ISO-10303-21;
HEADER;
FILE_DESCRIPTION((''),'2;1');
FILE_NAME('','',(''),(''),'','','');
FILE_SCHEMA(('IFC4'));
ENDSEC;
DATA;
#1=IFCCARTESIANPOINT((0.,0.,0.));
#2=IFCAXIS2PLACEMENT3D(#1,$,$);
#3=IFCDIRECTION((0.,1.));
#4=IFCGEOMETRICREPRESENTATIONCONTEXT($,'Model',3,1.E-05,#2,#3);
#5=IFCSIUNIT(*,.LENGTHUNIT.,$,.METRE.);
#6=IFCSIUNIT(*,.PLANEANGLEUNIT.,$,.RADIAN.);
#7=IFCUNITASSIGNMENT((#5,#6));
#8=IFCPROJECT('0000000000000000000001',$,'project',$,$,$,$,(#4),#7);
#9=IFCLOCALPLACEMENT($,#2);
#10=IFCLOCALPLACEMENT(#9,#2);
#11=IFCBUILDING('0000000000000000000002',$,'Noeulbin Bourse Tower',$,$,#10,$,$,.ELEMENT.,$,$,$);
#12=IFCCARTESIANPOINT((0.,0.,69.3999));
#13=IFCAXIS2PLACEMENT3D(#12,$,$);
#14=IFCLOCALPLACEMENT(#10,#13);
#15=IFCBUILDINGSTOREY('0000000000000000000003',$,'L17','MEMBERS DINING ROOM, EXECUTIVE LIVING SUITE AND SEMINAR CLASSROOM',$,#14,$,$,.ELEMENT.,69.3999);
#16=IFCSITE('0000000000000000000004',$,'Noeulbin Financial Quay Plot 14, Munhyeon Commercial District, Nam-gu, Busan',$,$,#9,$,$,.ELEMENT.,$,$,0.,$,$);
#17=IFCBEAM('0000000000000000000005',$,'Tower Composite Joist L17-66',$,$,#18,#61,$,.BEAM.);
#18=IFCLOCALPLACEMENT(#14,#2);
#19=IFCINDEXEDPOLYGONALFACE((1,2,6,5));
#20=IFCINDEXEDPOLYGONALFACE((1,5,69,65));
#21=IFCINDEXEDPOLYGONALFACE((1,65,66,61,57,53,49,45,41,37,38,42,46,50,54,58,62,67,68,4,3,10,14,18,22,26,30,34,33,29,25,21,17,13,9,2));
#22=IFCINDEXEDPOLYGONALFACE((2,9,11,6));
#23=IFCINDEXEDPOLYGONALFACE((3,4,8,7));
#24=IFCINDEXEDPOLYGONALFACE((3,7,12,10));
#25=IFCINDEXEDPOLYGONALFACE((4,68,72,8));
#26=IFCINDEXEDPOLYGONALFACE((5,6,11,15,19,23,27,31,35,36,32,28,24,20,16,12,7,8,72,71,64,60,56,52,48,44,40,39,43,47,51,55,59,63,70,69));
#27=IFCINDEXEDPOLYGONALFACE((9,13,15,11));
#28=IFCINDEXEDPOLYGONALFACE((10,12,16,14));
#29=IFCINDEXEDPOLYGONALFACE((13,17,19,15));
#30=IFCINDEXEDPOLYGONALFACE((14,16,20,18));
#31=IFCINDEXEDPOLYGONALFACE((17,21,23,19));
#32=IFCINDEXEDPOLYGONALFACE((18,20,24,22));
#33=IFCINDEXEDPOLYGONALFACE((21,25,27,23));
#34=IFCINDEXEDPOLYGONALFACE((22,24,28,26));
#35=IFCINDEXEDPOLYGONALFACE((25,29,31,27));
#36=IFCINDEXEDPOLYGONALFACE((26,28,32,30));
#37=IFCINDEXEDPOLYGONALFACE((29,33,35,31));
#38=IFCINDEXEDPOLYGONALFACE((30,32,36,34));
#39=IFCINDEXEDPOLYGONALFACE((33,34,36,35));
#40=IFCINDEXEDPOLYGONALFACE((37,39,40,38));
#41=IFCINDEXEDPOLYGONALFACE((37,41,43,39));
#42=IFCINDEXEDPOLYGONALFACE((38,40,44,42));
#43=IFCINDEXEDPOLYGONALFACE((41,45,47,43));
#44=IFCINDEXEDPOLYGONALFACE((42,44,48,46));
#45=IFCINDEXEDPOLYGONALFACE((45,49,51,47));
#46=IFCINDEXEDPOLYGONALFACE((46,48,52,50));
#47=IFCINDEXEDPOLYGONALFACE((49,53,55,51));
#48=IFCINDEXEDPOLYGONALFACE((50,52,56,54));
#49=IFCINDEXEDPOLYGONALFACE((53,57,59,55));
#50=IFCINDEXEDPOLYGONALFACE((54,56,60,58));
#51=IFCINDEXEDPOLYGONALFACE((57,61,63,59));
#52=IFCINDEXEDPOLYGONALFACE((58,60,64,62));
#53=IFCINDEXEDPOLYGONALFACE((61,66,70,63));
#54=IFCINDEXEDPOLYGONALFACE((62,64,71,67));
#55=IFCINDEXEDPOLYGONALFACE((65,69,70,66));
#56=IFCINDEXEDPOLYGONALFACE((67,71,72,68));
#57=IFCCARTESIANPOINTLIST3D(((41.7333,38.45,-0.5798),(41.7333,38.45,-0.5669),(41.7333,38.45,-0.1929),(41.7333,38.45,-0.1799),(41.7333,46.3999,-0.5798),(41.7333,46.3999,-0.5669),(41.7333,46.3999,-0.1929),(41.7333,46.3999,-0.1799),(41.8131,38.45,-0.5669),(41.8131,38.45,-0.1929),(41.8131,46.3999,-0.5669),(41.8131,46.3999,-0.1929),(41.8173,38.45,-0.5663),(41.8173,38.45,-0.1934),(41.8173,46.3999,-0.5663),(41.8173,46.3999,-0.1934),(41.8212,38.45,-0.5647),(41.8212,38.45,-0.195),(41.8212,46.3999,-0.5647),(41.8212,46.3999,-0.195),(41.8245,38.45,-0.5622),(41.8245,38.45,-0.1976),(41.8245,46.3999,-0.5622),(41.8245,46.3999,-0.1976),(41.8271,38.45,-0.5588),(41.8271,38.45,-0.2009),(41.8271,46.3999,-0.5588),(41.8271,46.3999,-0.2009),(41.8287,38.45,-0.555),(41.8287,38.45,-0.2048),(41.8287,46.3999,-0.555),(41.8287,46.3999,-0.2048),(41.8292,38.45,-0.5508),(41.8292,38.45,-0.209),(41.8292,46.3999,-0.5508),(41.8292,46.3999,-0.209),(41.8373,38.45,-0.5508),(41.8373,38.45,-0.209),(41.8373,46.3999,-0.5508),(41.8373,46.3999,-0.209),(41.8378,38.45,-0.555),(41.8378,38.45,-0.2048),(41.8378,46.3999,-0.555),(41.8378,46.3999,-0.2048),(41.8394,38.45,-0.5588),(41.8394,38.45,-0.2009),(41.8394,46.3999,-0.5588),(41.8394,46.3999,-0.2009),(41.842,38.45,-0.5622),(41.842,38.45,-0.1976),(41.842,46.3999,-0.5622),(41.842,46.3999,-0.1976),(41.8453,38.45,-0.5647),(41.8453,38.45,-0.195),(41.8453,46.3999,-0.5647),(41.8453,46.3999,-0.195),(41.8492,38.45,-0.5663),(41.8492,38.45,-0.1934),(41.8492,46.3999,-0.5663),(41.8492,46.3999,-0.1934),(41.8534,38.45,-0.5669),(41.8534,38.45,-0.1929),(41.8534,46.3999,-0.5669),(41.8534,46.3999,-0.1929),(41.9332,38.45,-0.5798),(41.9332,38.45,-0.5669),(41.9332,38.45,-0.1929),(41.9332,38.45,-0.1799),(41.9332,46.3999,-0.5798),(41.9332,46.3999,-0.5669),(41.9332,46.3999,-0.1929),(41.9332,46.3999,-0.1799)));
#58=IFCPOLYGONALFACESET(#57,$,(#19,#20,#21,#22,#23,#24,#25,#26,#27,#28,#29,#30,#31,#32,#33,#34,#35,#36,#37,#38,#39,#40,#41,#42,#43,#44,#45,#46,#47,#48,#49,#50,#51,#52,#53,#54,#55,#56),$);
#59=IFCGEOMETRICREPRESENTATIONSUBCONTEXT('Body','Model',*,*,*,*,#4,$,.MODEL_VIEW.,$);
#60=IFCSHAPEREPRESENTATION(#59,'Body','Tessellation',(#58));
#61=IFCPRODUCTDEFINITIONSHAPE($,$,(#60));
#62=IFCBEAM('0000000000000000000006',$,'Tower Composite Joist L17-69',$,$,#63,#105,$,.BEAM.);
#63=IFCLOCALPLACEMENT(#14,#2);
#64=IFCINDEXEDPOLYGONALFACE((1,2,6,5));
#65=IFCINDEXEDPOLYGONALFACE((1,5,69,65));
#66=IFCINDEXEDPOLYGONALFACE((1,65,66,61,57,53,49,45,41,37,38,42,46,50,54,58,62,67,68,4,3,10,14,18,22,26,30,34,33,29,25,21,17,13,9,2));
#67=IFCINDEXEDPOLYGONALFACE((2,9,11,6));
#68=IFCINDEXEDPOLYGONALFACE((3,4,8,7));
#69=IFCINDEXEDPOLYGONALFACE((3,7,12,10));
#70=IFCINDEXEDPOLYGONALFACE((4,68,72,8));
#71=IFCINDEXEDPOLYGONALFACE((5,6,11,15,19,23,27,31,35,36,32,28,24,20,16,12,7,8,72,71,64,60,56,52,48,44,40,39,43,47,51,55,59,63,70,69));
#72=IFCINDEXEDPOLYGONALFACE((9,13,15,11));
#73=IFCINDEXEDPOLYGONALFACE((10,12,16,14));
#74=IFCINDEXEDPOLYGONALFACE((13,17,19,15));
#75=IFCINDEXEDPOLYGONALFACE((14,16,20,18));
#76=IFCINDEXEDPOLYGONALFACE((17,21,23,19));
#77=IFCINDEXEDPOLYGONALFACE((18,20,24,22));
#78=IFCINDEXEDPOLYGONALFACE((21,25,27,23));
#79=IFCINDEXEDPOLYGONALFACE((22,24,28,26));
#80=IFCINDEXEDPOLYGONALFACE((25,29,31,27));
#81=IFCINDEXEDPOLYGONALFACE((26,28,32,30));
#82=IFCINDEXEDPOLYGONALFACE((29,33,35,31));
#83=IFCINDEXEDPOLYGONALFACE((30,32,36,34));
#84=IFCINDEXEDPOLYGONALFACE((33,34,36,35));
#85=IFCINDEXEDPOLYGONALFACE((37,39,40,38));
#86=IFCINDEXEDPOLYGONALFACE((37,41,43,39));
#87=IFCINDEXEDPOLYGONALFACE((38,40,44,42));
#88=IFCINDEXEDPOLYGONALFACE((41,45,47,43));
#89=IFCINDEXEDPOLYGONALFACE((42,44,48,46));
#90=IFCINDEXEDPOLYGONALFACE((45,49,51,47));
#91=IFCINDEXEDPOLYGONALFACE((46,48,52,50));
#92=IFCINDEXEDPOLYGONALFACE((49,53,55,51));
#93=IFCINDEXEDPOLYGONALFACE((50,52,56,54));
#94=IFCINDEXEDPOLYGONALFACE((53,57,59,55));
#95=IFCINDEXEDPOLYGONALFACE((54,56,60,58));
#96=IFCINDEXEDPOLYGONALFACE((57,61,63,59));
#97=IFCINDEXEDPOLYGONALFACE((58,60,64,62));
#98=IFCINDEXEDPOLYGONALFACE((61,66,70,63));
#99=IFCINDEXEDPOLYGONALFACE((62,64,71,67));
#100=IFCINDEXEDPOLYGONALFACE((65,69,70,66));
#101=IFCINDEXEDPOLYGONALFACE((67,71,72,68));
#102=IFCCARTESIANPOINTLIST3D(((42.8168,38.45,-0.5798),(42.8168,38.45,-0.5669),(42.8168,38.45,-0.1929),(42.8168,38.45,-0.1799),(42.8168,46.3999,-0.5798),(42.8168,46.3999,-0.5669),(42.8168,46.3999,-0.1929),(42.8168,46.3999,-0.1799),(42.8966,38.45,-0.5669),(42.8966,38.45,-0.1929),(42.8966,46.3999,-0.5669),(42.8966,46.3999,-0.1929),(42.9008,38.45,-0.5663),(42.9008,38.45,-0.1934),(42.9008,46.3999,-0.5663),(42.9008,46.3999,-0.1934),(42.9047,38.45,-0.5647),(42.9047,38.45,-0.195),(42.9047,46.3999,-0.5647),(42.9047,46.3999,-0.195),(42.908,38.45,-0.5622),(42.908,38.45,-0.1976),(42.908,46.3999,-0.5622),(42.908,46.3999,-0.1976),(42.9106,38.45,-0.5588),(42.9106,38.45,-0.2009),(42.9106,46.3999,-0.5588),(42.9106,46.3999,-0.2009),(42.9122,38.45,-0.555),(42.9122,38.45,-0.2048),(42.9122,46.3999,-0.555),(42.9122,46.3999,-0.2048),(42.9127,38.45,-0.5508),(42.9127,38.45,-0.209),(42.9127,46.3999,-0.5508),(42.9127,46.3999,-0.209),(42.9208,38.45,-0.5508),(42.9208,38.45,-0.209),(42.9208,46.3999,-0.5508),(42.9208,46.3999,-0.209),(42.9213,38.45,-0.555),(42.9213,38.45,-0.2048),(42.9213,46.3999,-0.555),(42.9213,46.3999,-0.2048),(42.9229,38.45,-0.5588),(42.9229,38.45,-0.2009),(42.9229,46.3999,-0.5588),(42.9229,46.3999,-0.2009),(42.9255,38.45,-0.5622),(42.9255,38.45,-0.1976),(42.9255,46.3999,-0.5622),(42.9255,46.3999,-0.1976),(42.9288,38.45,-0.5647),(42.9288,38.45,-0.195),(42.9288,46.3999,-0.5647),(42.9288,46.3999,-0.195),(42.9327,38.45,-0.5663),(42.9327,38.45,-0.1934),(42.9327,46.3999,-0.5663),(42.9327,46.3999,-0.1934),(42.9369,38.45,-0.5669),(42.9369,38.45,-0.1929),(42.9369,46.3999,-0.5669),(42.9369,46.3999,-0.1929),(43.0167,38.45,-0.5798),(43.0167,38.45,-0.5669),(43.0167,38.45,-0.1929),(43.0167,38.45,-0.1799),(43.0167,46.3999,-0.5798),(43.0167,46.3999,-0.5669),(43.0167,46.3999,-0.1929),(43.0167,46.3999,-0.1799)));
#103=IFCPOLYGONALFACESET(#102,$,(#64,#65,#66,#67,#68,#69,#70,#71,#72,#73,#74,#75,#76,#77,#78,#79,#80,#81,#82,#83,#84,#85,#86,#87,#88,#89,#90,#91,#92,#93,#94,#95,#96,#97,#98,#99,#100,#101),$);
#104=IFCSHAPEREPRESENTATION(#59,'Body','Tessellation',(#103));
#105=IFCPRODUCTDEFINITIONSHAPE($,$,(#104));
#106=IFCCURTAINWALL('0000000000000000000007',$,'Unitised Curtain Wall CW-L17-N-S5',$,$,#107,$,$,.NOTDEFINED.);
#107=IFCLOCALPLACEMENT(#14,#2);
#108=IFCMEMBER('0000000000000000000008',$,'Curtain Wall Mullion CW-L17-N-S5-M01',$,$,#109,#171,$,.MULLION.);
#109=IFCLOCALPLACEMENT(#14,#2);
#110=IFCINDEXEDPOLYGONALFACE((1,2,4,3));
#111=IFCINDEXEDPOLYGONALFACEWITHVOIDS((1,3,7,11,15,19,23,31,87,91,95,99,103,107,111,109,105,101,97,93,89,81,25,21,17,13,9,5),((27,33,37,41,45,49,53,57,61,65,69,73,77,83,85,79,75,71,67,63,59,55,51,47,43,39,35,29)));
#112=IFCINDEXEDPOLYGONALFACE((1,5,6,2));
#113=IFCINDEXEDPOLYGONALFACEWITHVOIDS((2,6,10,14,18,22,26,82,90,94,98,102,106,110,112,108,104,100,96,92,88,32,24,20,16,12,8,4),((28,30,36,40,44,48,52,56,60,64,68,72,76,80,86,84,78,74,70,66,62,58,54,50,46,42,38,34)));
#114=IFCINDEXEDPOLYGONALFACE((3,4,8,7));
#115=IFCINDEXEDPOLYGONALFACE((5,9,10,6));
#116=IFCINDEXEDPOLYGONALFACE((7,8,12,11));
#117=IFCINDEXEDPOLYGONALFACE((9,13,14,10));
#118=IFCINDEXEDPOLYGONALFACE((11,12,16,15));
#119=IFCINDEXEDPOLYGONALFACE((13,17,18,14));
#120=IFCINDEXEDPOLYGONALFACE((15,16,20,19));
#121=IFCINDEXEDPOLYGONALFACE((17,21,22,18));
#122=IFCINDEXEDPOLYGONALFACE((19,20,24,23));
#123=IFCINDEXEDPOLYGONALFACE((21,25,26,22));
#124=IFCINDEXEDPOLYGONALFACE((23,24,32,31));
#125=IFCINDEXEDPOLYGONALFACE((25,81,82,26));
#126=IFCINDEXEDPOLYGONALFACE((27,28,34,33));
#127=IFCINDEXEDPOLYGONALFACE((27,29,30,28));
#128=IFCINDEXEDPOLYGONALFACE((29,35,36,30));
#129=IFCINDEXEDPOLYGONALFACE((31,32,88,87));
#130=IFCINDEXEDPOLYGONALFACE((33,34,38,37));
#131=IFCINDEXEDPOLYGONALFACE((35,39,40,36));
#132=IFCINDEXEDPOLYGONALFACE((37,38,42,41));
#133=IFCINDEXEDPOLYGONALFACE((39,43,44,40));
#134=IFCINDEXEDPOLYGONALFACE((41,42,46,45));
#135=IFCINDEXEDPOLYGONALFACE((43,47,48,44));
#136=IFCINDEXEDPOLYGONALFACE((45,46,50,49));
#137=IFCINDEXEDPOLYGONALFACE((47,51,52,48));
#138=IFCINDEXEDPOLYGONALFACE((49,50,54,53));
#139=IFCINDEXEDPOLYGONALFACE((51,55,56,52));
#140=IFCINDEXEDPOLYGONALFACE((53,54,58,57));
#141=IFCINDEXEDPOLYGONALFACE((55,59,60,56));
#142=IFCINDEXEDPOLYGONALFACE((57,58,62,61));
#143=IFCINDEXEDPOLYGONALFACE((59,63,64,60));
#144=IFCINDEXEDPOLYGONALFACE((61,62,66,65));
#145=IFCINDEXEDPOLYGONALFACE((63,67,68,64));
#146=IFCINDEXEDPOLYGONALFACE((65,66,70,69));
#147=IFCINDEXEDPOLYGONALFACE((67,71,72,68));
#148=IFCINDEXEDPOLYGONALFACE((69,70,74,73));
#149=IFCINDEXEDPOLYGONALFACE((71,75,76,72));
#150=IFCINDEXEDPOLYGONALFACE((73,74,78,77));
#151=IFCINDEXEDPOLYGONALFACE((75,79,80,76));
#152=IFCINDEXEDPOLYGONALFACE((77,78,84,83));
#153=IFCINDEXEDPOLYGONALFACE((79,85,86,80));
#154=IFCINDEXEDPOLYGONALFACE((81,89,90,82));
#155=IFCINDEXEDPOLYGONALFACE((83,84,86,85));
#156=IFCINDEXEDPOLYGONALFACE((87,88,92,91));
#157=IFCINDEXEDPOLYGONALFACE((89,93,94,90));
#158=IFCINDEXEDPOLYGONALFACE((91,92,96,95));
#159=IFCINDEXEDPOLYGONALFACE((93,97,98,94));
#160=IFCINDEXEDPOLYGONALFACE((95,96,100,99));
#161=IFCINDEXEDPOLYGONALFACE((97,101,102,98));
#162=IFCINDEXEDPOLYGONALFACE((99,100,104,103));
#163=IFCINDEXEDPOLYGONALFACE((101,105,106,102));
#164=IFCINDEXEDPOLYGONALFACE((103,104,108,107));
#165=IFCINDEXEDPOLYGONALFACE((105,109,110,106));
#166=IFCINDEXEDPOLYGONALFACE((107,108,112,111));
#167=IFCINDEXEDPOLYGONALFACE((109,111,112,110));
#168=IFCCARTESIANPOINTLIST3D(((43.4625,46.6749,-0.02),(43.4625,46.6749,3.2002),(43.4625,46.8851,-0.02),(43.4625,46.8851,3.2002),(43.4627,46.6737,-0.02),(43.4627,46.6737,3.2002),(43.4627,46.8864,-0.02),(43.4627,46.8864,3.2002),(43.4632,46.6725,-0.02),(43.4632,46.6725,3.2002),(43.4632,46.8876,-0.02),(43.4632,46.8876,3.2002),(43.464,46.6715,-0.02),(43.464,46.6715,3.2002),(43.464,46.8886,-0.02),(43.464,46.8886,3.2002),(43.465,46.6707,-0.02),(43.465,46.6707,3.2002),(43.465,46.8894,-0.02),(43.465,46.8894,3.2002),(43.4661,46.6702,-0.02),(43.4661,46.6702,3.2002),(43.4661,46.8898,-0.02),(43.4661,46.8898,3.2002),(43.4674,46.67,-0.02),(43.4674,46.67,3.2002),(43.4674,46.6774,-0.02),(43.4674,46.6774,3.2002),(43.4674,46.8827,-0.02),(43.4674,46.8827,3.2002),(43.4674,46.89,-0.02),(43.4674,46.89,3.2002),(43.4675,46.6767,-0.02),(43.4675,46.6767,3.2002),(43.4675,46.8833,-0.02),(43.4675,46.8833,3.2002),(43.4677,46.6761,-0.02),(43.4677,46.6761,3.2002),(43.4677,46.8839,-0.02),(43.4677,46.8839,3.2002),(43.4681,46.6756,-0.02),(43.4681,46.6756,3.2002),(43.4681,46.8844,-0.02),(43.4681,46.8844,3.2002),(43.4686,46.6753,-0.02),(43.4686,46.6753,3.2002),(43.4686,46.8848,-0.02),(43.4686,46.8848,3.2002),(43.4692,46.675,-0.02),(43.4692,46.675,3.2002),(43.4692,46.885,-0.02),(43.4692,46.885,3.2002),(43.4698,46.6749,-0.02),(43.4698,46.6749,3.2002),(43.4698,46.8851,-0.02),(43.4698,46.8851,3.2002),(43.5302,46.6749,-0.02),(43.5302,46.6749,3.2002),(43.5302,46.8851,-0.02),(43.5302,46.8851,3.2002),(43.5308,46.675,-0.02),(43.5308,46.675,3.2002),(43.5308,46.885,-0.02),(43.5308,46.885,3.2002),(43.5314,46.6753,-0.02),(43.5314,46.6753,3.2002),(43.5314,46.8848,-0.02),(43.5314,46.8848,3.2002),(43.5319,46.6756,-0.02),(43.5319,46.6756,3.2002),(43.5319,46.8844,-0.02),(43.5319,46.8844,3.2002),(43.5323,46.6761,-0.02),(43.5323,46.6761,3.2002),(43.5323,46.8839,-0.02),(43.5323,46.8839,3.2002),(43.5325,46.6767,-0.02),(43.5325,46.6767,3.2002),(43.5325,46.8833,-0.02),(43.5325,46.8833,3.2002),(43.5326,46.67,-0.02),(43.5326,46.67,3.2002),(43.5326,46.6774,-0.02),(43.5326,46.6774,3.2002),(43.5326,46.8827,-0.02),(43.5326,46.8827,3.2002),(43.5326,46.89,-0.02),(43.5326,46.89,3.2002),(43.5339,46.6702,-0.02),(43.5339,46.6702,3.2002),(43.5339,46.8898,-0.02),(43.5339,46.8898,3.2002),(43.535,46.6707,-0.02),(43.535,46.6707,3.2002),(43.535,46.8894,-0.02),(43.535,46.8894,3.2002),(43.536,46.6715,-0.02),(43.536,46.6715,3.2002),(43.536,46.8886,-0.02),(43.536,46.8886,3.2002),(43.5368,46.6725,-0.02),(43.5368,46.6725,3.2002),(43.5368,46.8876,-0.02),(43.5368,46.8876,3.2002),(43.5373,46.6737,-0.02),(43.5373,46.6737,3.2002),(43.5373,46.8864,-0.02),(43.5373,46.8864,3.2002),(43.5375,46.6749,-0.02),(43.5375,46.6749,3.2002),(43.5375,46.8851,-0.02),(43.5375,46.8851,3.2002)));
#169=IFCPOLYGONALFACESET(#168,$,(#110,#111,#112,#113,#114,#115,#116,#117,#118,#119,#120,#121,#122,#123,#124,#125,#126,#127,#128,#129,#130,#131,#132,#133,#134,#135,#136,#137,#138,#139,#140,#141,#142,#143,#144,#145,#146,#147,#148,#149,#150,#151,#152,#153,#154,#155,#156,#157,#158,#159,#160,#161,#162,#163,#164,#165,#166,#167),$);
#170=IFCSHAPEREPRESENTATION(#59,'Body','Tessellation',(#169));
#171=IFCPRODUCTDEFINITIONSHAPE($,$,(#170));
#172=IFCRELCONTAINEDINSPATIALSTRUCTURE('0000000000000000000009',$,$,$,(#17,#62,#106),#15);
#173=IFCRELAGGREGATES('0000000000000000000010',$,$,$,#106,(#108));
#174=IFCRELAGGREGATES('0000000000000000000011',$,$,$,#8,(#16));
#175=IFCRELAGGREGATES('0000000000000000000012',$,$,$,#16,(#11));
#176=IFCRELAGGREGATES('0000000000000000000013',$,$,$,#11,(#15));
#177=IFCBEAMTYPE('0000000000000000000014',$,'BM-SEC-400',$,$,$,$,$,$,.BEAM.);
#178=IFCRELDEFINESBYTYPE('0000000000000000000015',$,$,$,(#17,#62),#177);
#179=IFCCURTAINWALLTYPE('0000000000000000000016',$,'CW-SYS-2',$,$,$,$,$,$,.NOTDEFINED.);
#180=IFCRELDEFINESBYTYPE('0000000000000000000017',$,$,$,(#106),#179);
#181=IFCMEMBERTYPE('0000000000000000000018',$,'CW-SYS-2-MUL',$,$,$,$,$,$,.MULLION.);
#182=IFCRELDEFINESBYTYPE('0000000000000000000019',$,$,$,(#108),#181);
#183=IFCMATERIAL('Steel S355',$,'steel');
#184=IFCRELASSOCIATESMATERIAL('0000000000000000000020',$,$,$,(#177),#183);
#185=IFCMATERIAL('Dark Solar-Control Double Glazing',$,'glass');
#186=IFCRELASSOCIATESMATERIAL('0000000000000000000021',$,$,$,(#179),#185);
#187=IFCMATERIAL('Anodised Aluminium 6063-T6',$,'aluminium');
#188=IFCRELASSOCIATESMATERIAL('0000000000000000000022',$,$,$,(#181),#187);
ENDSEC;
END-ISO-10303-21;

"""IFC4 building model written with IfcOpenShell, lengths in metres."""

from ifc_helpers import new_model, si_unit, direction, frame, origin, origin_2d, place, context, subcontext, project, spatial, hollow_rectangle, i_section, extrude, material, material_profile, profile_set, type_object, element, aggregate, save


model = new_model("IFC4")

# Units and contexts
model_context = context("Model", 3, precision=1e-05, world=origin(), true_north=direction((0.0, 1.0)))
body_context = subcontext(model_context, "Body", "Model", "MODEL_VIEW")
ifc_project = project(units=[si_unit("LENGTHUNIT", "METRE"), si_unit("PLANEANGLEUNIT", "RADIAN")], contexts=[model_context])

# Site, building, storey
site_placement = place(None, origin())
site = spatial("IfcSite", under=ifc_project, at=site_placement, Name="Noeulbin Financial Quay Plot 14, Munhyeon Commercial District, Nam-gu, Busan", CompositionType="ELEMENT", RefElevation=0.0)
building_placement = place(site_placement, origin())
building = spatial("IfcBuilding", under=site, at=building_placement, Name="Noeulbin Bourse Tower", CompositionType="ELEMENT")
storey_placement = place(building_placement, frame((0.0, 0.0, 69.3999)))
storey = spatial("IfcBuildingStorey", under=building, at=storey_placement, Name="L17", Description="MEMBERS DINING ROOM, EXECUTIVE LIVING SUITE AND SEMINAR CLASSROOM", CompositionType="ELEMENT", Elevation=69.3999)

# Beams
ifc_material_1 = material(Name="Steel S355", Category="steel")
ifc_material_profile_1 = material_profile(ifc_material_1, i_section(OverallWidth=0.2, OverallDepth=0.3999, WebThickness=0.0081, FlangeThickness=0.0129, FilletRadius=0.0161, at=origin_2d()), Name="H-400x200x8x13", Category="LoadBearing")
ifc_profile_set_1 = profile_set([ifc_material_profile_1], Name="Steel S355")
beam_type_1 = type_object("IfcBeamType", Name="BM-SEC-400", PredefinedType="BEAM", material=ifc_profile_set_1)
for number, where, z_axis, x_axis, name in (
    (1, (41.8333, 38.45, -0.3799), (0.0, 1.0, 0.0), (-1.0, 0.0, 0.0), "Tower Composite Joist L17-66"),
    (2, (42.9167, 38.45, -0.3799), (0.0, 1.0, 0.0), (-1.0, 0.0, 0.0), "Tower Composite Joist L17-69"),
):
    element("IfcBeam", number, at=place(storey_placement, frame(where, z_axis=z_axis, x_axis=x_axis)), inside=storey, type_object=beam_type_1, Name=name, PredefinedType="BEAM", context=body_context, shape_type="SweptSolid", body=[
        extrude(i_section(OverallWidth=0.2, OverallDepth=0.3999, WebThickness=0.0081, FlangeThickness=0.0129, FilletRadius=0.0161, at=origin_2d()), origin(), (0.0, 0.0, 1.0), 7.95),
    ])

# Curtain wall, member
ifc_material_2 = material(Name="Dark Solar-Control Double Glazing", Category="glass")
curtain_wall_type = type_object("IfcCurtainWallType", Name="CW-SYS-2", PredefinedType="NOTDEFINED", material=ifc_material_2)
curtain_wall_1_placement = place(storey_placement, origin())
curtain_wall_1 = element("IfcCurtainWall", 3, at=curtain_wall_1_placement, inside=storey, type_object=curtain_wall_type, Name="Unitised Curtain Wall CW-L17-N-S5", PredefinedType="NOTDEFINED")
ifc_material_3 = material(Name="Anodised Aluminium 6063-T6", Category="aluminium")
ifc_material_profile_2 = material_profile(ifc_material_3, hollow_rectangle(XDim=0.075, YDim=0.22, WallThickness=0.0049, InnerFilletRadius=0.0024, OuterFilletRadius=0.0049, at=origin_2d()), Name="ALU-MULL-75x220x5", Category="LoadBearing")
ifc_profile_set_2 = profile_set([ifc_material_profile_2], Name="Anodised Aluminium 6063-T6")
member_type_1 = type_object("IfcMemberType", Name="CW-SYS-2-MUL", PredefinedType="MULLION", material=ifc_profile_set_2)
member_1_placement = place(storey_placement, frame((43.5, 46.78, -0.02), z_axis=(0.0, 0.0, 1.0), x_axis=(1.0, 0.0, 0.0)))
member_1 = element("IfcMember", 4, at=member_1_placement, type_object=member_type_1, Name="Curtain Wall Mullion CW-L17-N-S5-M01", PredefinedType="MULLION", context=body_context, shape_type="SweptSolid", body=[
    extrude(hollow_rectangle(XDim=0.075, YDim=0.22, WallThickness=0.0049, InnerFilletRadius=0.0024, OuterFilletRadius=0.0049, at=origin_2d()), origin(), (0.0, 0.0, 1.0), 3.2202),
])
aggregate(curtain_wall_1, [member_1])

save(model, "model.ifc")
